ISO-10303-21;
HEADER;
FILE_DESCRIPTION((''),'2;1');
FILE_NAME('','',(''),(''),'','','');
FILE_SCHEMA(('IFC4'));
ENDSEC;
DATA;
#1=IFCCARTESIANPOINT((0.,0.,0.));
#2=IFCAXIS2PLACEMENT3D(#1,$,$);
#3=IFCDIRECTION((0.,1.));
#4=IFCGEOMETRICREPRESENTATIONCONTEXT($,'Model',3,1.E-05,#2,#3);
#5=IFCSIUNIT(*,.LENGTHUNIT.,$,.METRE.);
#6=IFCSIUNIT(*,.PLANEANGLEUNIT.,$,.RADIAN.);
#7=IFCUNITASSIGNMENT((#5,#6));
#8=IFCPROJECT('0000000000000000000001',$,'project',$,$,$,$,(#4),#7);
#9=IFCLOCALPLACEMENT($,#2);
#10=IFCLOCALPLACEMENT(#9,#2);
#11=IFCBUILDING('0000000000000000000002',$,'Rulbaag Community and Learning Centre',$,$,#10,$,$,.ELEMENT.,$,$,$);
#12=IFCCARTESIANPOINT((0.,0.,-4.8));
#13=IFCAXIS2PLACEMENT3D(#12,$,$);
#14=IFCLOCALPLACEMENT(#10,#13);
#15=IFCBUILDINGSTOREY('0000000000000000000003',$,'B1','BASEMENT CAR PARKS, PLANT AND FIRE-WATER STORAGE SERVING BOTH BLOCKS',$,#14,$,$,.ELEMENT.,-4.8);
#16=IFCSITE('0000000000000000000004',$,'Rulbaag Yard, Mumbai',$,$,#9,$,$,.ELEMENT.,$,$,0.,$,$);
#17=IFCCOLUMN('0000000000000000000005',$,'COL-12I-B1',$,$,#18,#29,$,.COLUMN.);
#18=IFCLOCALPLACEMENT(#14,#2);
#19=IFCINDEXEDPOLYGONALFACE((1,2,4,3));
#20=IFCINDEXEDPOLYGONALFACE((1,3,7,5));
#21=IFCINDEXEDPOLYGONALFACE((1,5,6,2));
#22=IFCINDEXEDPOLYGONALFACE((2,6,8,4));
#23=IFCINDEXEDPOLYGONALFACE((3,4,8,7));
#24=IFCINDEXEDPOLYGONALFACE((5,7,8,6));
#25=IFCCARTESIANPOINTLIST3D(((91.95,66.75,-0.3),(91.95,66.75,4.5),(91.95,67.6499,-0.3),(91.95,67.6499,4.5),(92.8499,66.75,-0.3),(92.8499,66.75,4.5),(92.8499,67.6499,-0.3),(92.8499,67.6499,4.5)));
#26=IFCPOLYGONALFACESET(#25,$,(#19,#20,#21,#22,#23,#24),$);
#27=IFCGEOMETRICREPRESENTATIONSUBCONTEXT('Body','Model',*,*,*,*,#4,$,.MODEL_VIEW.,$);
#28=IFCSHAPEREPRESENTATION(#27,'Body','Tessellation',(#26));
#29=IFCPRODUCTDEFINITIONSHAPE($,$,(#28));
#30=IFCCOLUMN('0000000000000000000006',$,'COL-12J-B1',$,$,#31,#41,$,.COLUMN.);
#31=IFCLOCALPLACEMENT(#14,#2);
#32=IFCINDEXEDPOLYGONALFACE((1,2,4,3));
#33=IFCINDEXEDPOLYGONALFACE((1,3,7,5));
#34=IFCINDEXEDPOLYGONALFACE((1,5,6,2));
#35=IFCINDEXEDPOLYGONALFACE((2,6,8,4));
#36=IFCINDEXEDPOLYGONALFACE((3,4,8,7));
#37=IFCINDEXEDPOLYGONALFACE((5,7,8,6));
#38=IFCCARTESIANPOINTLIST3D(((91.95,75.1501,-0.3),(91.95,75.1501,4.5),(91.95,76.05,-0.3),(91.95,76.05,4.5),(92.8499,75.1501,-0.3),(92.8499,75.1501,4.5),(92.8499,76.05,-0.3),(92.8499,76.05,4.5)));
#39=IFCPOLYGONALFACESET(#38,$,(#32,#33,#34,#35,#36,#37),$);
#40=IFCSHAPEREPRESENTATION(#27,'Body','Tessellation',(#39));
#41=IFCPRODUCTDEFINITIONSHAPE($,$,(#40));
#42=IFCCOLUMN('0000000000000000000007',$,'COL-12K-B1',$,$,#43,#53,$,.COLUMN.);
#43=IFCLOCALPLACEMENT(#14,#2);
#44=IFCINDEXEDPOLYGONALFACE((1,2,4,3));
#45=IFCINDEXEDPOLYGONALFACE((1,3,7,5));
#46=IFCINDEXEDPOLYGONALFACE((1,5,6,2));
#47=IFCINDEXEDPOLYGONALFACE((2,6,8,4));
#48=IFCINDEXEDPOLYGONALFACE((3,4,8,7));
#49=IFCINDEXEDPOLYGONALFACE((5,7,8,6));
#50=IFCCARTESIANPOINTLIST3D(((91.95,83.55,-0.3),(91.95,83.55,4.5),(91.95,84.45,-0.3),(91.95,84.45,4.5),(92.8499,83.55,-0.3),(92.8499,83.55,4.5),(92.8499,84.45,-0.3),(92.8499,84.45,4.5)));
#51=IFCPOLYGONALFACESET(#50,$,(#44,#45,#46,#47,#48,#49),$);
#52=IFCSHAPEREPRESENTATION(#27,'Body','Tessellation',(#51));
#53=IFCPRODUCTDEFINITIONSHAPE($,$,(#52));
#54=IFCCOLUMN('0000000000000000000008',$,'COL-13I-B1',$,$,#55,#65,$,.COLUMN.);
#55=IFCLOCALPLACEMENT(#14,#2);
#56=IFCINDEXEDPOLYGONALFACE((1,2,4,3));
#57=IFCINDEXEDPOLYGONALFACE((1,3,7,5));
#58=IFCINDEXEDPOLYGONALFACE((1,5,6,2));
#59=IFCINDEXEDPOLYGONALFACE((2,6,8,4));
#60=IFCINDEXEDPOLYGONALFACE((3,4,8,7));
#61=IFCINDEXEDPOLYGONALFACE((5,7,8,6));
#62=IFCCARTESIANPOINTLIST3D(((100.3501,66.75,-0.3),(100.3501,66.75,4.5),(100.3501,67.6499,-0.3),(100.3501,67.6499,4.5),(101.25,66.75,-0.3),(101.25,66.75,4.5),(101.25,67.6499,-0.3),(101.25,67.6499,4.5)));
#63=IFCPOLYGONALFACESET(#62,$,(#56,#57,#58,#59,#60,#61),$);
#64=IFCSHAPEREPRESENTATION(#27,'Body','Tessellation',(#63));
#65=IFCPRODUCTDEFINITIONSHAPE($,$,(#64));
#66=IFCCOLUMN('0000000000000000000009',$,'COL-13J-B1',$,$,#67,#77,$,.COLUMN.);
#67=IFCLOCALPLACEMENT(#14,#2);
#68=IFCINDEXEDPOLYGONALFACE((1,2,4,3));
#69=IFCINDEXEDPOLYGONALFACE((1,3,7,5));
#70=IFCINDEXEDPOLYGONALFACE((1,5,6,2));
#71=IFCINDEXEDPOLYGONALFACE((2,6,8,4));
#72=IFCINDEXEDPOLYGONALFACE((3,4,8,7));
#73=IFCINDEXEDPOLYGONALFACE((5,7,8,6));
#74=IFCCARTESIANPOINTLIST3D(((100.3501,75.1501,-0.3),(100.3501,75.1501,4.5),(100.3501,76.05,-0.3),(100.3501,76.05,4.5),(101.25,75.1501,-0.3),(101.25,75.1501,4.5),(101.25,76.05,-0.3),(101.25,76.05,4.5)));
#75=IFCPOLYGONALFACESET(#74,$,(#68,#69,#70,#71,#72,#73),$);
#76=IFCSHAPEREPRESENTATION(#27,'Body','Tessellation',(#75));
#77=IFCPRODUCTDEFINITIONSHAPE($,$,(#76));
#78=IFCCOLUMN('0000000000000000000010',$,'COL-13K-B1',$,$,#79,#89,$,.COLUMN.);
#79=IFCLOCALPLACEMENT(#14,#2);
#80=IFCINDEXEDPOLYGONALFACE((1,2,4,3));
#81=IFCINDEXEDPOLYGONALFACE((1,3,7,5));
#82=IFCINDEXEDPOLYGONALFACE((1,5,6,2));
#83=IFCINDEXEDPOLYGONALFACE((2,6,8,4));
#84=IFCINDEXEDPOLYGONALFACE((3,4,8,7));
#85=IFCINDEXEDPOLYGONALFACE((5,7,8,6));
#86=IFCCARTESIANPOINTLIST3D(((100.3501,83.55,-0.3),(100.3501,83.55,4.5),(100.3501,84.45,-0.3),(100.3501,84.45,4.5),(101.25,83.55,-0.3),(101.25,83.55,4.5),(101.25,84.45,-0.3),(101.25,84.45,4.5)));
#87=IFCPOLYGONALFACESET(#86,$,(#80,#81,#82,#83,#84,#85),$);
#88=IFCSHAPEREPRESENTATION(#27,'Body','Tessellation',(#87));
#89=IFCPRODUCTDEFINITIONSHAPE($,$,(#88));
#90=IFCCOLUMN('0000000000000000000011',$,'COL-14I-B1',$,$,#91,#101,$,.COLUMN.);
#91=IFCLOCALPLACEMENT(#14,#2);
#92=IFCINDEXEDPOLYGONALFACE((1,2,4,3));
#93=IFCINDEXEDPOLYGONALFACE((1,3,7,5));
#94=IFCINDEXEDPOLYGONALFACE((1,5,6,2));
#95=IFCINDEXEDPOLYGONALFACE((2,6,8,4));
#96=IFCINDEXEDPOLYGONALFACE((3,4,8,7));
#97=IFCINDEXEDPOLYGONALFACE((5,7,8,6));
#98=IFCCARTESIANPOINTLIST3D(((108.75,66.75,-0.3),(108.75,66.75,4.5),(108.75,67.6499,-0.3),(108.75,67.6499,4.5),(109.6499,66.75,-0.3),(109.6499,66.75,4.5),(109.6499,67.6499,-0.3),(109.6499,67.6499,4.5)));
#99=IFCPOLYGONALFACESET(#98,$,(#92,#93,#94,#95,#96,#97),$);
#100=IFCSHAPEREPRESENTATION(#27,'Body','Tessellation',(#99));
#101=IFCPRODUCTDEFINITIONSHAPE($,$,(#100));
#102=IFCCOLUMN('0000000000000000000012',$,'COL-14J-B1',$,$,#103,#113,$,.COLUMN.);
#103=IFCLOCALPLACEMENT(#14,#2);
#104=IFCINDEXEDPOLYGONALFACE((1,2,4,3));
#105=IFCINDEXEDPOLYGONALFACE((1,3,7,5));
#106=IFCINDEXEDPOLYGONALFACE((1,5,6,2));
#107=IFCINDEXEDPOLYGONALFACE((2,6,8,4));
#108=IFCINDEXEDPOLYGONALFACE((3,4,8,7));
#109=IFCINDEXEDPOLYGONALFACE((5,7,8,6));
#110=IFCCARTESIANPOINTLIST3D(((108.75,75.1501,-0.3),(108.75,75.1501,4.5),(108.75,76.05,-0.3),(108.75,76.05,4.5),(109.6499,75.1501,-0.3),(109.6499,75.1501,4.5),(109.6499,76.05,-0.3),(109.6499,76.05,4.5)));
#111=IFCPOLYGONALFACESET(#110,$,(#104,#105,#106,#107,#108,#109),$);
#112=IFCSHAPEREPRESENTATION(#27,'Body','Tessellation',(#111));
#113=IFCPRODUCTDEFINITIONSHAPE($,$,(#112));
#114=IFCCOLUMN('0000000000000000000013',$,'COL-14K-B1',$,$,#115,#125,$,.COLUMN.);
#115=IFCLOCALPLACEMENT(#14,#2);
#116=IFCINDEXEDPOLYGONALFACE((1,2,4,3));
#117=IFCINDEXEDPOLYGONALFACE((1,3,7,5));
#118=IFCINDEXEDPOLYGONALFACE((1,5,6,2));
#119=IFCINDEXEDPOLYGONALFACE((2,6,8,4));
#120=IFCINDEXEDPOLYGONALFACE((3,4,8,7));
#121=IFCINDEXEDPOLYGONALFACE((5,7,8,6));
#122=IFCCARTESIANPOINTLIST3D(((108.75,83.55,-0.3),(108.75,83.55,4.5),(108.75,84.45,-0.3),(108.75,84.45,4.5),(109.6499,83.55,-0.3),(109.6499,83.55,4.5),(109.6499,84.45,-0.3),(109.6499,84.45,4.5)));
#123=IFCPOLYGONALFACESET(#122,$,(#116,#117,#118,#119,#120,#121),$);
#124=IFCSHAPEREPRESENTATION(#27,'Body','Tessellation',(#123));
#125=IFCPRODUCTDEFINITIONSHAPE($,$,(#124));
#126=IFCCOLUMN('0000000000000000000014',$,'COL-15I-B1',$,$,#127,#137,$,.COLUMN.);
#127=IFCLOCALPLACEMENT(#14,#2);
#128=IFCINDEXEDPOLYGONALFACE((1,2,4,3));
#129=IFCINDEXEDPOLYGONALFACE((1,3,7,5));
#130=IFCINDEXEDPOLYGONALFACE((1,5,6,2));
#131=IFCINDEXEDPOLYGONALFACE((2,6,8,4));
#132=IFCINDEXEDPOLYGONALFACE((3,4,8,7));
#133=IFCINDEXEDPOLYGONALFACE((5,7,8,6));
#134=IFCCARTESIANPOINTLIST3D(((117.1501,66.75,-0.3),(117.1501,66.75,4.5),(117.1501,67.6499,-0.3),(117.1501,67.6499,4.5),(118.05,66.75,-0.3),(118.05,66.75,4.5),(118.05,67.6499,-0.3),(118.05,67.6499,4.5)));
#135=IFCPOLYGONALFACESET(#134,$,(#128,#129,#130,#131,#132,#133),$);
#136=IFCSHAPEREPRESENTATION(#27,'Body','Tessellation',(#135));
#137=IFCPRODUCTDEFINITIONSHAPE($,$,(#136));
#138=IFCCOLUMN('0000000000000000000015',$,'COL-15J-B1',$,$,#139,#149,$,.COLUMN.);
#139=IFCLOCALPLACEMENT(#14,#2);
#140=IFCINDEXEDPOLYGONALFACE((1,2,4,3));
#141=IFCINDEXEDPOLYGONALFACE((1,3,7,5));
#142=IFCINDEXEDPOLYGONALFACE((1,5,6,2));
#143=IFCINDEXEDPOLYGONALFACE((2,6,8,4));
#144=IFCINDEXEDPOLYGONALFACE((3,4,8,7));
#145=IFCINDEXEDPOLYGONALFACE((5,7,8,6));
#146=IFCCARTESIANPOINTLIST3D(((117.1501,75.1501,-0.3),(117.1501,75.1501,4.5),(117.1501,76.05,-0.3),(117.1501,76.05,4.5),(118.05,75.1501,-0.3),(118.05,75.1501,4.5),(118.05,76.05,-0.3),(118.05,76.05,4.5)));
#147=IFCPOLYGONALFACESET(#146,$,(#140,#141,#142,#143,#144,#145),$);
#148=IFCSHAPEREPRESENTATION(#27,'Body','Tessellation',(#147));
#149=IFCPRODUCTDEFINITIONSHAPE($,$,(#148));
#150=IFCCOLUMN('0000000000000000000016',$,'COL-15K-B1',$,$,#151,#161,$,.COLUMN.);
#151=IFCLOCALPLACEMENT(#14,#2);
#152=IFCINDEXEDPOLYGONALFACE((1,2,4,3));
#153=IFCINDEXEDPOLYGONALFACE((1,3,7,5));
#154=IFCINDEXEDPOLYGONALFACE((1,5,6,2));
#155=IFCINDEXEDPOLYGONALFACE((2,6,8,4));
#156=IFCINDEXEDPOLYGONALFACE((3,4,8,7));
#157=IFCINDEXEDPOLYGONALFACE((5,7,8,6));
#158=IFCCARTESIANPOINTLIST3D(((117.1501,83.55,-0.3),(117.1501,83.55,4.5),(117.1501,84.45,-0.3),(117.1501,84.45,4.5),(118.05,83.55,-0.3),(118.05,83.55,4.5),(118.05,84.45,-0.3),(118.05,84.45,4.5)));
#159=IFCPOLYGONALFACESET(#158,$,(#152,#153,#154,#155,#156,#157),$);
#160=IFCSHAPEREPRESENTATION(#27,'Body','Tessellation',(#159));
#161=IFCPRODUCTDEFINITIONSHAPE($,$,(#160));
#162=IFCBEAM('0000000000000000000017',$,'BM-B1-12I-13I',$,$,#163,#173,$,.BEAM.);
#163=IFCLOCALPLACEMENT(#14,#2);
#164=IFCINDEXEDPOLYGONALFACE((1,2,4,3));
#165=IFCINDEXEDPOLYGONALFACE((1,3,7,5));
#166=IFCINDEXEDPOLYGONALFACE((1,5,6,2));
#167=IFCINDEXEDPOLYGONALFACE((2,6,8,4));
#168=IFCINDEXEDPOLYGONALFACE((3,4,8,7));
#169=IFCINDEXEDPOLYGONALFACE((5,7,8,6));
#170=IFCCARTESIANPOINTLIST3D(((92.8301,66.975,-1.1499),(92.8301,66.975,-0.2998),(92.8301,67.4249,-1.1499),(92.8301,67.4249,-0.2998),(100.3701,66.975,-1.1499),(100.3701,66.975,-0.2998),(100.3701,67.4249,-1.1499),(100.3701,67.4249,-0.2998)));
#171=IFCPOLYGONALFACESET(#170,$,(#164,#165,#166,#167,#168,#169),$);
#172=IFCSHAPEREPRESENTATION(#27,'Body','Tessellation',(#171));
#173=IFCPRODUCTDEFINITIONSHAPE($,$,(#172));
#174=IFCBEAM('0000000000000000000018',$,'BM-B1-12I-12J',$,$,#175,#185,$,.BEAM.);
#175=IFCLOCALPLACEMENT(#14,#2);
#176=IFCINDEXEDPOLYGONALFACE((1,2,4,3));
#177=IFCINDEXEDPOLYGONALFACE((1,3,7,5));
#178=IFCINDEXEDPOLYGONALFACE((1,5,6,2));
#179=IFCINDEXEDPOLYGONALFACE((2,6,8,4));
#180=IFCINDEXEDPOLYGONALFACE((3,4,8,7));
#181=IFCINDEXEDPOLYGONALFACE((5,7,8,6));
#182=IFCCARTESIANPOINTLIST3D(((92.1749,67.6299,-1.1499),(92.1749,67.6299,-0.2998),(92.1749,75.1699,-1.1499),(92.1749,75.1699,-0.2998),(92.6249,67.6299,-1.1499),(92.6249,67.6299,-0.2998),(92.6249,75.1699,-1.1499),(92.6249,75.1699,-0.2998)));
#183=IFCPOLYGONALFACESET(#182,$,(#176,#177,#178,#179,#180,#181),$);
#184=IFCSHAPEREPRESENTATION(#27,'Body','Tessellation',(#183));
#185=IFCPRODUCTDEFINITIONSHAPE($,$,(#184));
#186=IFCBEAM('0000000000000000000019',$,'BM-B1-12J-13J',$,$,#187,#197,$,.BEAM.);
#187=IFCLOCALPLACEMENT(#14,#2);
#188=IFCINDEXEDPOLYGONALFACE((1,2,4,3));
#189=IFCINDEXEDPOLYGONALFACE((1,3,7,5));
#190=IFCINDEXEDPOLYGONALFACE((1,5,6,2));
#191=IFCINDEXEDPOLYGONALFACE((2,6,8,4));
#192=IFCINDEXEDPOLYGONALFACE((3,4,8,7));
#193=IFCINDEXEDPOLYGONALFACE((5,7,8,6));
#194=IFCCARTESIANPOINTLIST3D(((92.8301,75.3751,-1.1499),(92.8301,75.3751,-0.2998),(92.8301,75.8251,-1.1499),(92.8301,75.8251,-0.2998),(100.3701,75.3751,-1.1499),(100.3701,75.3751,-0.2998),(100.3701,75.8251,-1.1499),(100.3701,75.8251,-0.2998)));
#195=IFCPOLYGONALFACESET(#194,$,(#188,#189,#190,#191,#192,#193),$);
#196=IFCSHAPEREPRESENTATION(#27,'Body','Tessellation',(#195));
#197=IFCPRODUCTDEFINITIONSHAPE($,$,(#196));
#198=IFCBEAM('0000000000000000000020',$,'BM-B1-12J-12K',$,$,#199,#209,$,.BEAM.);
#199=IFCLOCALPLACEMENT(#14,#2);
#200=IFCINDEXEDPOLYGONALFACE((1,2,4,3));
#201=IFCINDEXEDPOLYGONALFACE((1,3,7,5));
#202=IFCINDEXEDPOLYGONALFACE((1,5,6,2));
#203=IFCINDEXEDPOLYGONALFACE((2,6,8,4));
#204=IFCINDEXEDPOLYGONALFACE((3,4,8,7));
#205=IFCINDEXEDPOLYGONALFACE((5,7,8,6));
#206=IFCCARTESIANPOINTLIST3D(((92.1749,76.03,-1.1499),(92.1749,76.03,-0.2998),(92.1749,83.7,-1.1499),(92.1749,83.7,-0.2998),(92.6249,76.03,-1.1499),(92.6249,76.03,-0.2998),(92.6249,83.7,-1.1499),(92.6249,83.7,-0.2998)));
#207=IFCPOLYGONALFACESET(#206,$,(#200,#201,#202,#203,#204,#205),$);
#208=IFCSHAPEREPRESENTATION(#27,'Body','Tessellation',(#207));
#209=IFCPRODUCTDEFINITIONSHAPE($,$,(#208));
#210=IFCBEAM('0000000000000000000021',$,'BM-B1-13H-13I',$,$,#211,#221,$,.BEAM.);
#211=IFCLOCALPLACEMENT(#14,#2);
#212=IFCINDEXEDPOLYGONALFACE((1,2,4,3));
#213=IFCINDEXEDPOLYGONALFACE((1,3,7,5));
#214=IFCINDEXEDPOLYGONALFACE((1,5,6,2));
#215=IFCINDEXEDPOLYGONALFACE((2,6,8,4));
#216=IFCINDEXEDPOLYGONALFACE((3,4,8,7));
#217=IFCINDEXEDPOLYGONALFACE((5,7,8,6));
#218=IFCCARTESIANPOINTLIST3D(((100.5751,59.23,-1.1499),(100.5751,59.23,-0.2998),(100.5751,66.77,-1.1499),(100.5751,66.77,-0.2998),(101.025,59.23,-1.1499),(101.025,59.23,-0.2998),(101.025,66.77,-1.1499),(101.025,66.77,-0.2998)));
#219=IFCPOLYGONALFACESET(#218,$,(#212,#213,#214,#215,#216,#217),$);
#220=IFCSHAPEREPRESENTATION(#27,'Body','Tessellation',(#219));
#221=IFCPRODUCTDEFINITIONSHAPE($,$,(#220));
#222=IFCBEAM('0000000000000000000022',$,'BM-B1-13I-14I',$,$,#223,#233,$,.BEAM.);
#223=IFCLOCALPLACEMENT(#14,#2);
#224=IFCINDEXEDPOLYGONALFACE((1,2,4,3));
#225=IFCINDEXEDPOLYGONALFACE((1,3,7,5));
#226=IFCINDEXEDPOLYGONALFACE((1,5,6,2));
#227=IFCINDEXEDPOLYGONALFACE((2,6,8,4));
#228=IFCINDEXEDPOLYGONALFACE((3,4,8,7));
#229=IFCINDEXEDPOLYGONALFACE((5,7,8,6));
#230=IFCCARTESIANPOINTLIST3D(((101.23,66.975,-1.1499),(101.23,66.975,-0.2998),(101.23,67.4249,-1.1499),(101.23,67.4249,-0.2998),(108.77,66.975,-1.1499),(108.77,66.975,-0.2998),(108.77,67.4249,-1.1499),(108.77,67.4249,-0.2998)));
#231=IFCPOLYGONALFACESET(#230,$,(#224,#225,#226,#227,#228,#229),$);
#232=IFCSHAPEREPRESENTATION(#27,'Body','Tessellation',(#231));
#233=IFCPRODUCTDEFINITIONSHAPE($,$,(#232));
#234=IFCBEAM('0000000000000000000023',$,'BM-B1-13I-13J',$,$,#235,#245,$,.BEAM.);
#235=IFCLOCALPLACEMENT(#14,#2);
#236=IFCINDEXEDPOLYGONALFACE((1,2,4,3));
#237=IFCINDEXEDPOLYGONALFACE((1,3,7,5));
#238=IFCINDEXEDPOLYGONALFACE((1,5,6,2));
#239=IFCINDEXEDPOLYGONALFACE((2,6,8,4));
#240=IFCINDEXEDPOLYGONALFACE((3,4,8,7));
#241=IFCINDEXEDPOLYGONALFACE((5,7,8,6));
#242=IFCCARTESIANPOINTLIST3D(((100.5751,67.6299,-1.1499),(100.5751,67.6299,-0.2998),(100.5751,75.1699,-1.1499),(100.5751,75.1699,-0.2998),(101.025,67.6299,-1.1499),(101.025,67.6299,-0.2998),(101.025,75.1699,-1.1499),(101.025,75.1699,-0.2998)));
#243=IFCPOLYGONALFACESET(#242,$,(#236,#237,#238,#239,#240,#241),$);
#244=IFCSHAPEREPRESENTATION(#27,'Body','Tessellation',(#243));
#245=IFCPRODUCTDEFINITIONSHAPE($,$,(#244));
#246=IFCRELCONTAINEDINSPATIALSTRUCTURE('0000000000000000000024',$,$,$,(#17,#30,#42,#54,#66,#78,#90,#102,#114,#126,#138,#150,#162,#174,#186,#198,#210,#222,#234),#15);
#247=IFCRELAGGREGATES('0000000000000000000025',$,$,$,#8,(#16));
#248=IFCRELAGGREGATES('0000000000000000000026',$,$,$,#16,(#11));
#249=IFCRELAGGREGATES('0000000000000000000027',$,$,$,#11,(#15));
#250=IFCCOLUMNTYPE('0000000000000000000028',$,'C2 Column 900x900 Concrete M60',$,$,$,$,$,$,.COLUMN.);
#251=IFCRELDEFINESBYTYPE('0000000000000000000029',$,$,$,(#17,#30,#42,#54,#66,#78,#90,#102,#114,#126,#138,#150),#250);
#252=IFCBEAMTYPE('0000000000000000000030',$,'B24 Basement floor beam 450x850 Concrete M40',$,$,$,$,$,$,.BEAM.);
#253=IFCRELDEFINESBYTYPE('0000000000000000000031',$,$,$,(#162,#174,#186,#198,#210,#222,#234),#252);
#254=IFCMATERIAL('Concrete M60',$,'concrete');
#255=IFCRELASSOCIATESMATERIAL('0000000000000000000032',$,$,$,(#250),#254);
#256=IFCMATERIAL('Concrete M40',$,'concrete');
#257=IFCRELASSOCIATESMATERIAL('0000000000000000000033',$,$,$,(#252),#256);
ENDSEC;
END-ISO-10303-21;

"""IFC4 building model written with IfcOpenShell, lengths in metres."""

from ifc_helpers import new_model, si_unit, direction, frame, origin, origin_2d, place, context, subcontext, project, spatial, rectangle, extrude, material, material_profile, profile_set, type_object, element, save


model = new_model("IFC4")

# Units and contexts
model_context = context("Model", 3, precision=1e-05, world=origin(), true_north=direction((0.0, 1.0)))
body_context = subcontext(model_context, "Body", "Model", "MODEL_VIEW")
ifc_project = project(units=[si_unit("LENGTHUNIT", "METRE"), si_unit("PLANEANGLEUNIT", "RADIAN")], contexts=[model_context])

# Site, building, storey
site_placement = place(None, origin())
site = spatial("IfcSite", under=ifc_project, at=site_placement, Name="Rulbaag Yard, Mumbai", CompositionType="ELEMENT", RefElevation=0.0)
building_placement = place(site_placement, origin())
building = spatial("IfcBuilding", under=site, at=building_placement, Name="Rulbaag Community and Learning Centre", CompositionType="ELEMENT")
storey_placement = place(building_placement, frame((0.0, 0.0, -4.8)))
storey = spatial("IfcBuildingStorey", under=building, at=storey_placement, Name="B1", Description="BASEMENT CAR PARKS, PLANT AND FIRE-WATER STORAGE SERVING BOTH BLOCKS", CompositionType="ELEMENT", Elevation=-4.8)

# Columns
ifc_material_1 = material(Name="Concrete M60", Category="concrete")
ifc_material_profile_1 = material_profile(ifc_material_1, rectangle(XDim=0.8999, YDim=0.8999, at=origin_2d()), Name="RC900x900")
ifc_profile_set_1 = profile_set([ifc_material_profile_1], Name="Concrete M60")
column_type = type_object("IfcColumnType", Name="C2 Column 900x900 Concrete M60", PredefinedType="COLUMN", material=ifc_profile_set_1)
for number, where, z_axis, x_axis, name in (
    (1, (92.3999, 67.2, -0.3), (0.0, 0.0, 1.0), (1.0, 0.0, 0.0), "COL-12I-B1"),
    (2, (92.3999, 75.6001, -0.3), (0.0, 0.0, 1.0), (1.0, 0.0, 0.0), "COL-12J-B1"),
    (3, (92.3999, 84.0, -0.3), (0.0, 0.0, 1.0), (1.0, 0.0, 0.0), "COL-12K-B1"),
    (4, (100.8, 67.2, -0.3), (0.0, 0.0, 1.0), (1.0, 0.0, 0.0), "COL-13I-B1"),
    (5, (100.8, 75.6001, -0.3), (0.0, 0.0, 1.0), (1.0, 0.0, 0.0), "COL-13J-B1"),
    (6, (100.8, 84.0, -0.3), (0.0, 0.0, 1.0), (1.0, 0.0, 0.0), "COL-13K-B1"),
    (7, (109.2, 67.2, -0.3), (0.0, 0.0, 1.0), (1.0, 0.0, 0.0), "COL-14I-B1"),
    (8, (109.2, 75.6001, -0.3), (0.0, 0.0, 1.0), (1.0, 0.0, 0.0), "COL-14J-B1"),
    (9, (109.2, 84.0, -0.3), (0.0, 0.0, 1.0), (1.0, 0.0, 0.0), "COL-14K-B1"),
    (10, (117.6001, 67.2, -0.3), (0.0, 0.0, 1.0), (1.0, 0.0, 0.0), "COL-15I-B1"),
    (11, (117.6001, 75.6001, -0.3), (0.0, 0.0, 1.0), (1.0, 0.0, 0.0), "COL-15J-B1"),
    (12, (117.6001, 84.0, -0.3), (0.0, 0.0, 1.0), (1.0, 0.0, 0.0), "COL-15K-B1"),
):
    element("IfcColumn", number, at=place(storey_placement, frame(where, z_axis=z_axis, x_axis=x_axis)), inside=storey, type_object=column_type, Name=name, PredefinedType="COLUMN", context=body_context, shape_type="SweptSolid", body=[
        extrude(rectangle(XDim=0.8999, YDim=0.8999, at=origin_2d()), origin(), (0.0, 0.0, 1.0), 4.8),
    ])

# Beams
ifc_material_2 = material(Name="Concrete M40", Category="concrete")
ifc_material_profile_2 = material_profile(ifc_material_2, rectangle(XDim=0.45, YDim=0.8501, at=origin_2d()), Name="RB450x850")
ifc_profile_set_2 = profile_set([ifc_material_profile_2], Name="Concrete M40")
beam_type = type_object("IfcBeamType", Name="B24 Basement floor beam 450x850 Concrete M40", PredefinedType="BEAM", material=ifc_profile_set_2)
for number, where, z_axis, x_axis, name in (
    (13, (92.8301, 67.2, -0.7249), (1.0, 0.0, 0.0), (0.0, 1.0, 0.0), "BM-B1-12I-13I"),
    (14, (92.3999, 67.6299, -0.7249), (0.0, 1.0, 0.0), (-1.0, 0.0, 0.0), "BM-B1-12I-12J"),
    (15, (92.8301, 75.6001, -0.7249), (1.0, 0.0, 0.0), (0.0, 1.0, 0.0), "BM-B1-12J-13J"),
):
    element("IfcBeam", number, at=place(storey_placement, frame(where, z_axis=z_axis, x_axis=x_axis)), inside=storey, type_object=beam_type, Name=name, PredefinedType="BEAM", context=body_context, shape_type="SweptSolid", body=[
        extrude(rectangle(XDim=0.45, YDim=0.8501, at=origin_2d()), origin(), (0.0, 0.0, 1.0), 7.54),
    ])
beam_1_placement = place(storey_placement, frame((92.3999, 76.03, -0.7249), z_axis=(0.0, 1.0, 0.0), x_axis=(-1.0, 0.0, 0.0)))
element("IfcBeam", 16, at=beam_1_placement, inside=storey, type_object=beam_type, Name="BM-B1-12J-12K", PredefinedType="BEAM", context=body_context, shape_type="SweptSolid", body=[
    extrude(rectangle(XDim=0.45, YDim=0.8501, at=origin_2d()), origin(), (0.0, 0.0, 1.0), 7.6699),
])
for number, where, z_axis, x_axis, name in (
    (17, (100.8, 59.23, -0.7249), (0.0, 1.0, 0.0), (-1.0, 0.0, 0.0), "BM-B1-13H-13I"),
    (18, (101.23, 67.2, -0.7249), (1.0, 0.0, 0.0), (0.0, 1.0, 0.0), "BM-B1-13I-14I"),
    (19, (100.8, 67.6299, -0.7249), (0.0, 1.0, 0.0), (-1.0, 0.0, 0.0), "BM-B1-13I-13J"),
):
    element("IfcBeam", number, at=place(storey_placement, frame(where, z_axis=z_axis, x_axis=x_axis)), inside=storey, type_object=beam_type, Name=name, PredefinedType="BEAM", context=body_context, shape_type="SweptSolid", body=[
        extrude(rectangle(XDim=0.45, YDim=0.8501, at=origin_2d()), origin(), (0.0, 0.0, 1.0), 7.54),
    ])

save(model, "model.ifc")
